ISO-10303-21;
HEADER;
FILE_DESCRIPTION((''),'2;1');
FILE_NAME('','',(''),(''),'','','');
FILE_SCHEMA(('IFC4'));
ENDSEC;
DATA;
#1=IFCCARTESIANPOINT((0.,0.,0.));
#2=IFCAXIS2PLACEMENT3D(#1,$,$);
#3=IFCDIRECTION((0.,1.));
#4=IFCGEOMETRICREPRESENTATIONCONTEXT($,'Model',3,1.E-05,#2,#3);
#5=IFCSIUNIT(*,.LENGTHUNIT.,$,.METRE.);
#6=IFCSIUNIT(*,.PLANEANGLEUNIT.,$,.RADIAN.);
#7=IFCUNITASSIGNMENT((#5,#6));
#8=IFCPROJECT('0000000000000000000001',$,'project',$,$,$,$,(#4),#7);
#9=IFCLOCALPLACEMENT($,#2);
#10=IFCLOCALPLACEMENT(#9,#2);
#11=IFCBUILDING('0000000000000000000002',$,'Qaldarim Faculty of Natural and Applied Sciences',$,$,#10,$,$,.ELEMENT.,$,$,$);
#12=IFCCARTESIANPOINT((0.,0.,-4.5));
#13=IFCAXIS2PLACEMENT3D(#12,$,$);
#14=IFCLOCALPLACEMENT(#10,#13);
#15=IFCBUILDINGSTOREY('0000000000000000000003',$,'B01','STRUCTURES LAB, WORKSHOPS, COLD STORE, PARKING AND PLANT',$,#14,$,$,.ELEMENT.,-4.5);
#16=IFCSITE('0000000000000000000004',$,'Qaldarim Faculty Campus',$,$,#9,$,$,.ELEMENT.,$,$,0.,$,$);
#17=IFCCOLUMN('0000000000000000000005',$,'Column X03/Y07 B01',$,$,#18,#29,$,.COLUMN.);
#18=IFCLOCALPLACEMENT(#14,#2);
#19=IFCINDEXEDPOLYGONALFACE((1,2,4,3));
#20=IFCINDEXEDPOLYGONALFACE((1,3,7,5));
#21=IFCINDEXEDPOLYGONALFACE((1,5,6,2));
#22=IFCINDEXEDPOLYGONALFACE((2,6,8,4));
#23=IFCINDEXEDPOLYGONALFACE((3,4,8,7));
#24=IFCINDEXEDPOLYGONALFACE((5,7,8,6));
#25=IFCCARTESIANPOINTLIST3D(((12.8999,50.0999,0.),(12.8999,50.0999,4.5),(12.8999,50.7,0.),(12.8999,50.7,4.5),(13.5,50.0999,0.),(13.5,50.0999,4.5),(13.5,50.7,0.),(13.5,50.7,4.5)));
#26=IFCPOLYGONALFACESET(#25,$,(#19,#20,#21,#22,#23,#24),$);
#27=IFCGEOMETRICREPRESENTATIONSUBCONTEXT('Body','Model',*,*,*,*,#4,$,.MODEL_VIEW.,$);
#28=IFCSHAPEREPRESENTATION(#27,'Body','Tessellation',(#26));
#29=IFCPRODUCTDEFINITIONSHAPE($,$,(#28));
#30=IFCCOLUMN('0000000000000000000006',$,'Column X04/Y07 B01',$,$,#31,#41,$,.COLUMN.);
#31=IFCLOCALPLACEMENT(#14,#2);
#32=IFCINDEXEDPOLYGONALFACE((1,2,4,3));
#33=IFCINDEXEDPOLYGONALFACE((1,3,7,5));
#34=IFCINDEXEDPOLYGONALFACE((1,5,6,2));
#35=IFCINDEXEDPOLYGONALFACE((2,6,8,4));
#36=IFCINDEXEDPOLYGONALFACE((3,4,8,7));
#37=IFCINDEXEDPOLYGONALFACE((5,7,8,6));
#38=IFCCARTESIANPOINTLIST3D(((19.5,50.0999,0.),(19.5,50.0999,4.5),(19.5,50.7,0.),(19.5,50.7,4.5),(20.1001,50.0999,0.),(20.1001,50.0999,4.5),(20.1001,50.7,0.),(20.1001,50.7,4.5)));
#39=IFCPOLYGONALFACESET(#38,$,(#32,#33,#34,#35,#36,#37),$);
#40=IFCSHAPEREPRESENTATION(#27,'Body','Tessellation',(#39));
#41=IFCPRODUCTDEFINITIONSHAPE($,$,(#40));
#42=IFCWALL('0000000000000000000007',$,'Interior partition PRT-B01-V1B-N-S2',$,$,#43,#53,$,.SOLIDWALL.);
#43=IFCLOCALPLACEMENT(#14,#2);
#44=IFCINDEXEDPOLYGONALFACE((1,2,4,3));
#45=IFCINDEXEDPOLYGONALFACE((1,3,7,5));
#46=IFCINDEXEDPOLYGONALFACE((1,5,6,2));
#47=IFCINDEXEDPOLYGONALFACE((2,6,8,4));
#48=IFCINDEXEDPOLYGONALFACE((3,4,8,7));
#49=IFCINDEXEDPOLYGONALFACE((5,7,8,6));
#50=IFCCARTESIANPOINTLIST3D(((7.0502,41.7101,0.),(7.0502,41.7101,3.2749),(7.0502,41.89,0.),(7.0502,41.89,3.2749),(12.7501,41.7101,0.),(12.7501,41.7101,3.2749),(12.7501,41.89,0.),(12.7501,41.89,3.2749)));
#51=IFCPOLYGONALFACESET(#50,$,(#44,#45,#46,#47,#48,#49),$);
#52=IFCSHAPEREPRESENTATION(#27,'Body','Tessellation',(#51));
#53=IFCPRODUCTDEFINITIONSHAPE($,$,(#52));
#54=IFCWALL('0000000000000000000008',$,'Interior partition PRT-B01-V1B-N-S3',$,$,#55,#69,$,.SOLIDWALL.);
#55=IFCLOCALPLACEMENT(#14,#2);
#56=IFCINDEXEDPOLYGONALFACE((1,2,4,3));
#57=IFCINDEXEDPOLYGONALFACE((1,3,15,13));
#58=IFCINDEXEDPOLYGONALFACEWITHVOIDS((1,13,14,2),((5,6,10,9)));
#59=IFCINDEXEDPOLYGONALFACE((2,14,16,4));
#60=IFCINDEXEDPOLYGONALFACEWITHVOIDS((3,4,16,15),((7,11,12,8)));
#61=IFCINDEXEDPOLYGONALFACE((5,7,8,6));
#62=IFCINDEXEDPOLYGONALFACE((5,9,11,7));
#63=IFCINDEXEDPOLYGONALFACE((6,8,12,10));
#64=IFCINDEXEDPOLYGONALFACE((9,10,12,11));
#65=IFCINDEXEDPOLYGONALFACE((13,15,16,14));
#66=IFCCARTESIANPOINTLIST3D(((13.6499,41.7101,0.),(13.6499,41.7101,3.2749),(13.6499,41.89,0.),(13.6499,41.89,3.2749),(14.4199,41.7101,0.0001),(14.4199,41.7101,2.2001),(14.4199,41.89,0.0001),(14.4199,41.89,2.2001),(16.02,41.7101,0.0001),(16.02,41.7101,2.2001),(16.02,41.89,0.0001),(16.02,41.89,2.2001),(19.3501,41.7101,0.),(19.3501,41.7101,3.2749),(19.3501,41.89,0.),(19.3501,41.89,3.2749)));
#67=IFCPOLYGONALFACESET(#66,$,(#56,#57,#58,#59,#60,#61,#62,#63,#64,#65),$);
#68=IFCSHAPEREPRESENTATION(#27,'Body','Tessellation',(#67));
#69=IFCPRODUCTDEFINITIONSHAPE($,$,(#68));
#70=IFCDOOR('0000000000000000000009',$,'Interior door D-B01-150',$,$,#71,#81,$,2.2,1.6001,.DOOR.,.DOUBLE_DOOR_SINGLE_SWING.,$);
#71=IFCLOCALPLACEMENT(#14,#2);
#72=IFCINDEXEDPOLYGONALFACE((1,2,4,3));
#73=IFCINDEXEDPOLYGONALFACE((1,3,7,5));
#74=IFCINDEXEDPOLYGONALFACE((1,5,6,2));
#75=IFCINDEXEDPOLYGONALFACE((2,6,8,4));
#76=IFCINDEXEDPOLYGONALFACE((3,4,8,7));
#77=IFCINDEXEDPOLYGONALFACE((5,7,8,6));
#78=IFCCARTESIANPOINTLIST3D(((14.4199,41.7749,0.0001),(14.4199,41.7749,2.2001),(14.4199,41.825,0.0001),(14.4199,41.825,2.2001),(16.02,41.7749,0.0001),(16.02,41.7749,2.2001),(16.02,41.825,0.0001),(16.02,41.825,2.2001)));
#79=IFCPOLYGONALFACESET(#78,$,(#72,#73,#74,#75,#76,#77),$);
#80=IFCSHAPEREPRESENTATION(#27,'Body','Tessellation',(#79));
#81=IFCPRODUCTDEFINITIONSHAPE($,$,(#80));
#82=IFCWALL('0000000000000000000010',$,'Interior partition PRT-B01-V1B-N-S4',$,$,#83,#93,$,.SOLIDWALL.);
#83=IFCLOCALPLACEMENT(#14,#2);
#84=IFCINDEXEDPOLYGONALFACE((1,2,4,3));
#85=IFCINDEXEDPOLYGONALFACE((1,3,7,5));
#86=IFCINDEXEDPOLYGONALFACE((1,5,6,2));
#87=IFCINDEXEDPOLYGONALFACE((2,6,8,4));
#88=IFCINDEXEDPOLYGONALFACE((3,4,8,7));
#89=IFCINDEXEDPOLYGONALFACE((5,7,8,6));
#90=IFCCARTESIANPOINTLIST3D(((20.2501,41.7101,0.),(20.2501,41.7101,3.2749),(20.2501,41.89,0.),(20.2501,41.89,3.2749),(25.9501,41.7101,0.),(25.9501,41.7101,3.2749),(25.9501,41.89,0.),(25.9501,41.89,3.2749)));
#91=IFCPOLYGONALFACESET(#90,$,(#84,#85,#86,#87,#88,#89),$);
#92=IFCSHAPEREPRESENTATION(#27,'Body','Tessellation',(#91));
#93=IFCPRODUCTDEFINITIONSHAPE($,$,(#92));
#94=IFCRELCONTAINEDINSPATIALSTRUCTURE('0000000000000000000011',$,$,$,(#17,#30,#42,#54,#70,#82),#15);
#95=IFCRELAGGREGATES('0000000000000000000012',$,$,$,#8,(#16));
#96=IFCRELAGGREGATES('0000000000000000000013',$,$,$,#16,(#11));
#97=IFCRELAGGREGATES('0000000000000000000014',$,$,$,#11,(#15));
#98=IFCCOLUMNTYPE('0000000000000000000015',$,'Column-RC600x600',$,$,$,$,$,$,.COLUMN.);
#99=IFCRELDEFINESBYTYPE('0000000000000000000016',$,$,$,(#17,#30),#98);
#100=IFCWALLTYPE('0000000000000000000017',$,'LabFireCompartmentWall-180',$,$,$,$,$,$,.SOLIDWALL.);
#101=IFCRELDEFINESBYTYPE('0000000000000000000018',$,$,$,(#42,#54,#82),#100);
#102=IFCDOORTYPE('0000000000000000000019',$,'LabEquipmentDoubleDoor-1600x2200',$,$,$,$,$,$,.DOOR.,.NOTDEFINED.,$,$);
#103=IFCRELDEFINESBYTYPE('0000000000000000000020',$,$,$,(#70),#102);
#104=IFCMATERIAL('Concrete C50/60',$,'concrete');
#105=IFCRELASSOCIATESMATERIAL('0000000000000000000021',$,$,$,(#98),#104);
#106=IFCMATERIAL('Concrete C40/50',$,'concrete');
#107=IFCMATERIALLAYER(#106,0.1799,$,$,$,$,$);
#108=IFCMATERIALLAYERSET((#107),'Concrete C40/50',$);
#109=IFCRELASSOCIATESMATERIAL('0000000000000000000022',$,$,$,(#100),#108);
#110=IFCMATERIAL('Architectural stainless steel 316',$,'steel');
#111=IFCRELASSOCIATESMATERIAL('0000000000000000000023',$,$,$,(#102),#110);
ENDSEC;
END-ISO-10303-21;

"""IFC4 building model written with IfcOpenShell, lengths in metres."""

from ifc_helpers import new_model, si_unit, direction, frame, frame_2d, origin, origin_2d, place, context, subcontext, project, spatial, rectangle, extrude, material, layer, layer_set, material_profile, profile_set, type_object, element, fill, save


model = new_model("IFC4")

# Units and contexts
model_context = context("Model", 3, precision=1e-05, world=origin(), true_north=direction((0.0, 1.0)))
body_context = subcontext(model_context, "Body", "Model", "MODEL_VIEW")
ifc_project = project(units=[si_unit("LENGTHUNIT", "METRE"), si_unit("PLANEANGLEUNIT", "RADIAN")], contexts=[model_context])

# Site, building, storey
site_placement = place(None, origin())
site = spatial("IfcSite", under=ifc_project, at=site_placement, Name="Qaldarim Faculty Campus", CompositionType="ELEMENT", RefElevation=0.0)
building_placement = place(site_placement, origin())
building = spatial("IfcBuilding", under=site, at=building_placement, Name="Qaldarim Faculty of Natural and Applied Sciences", CompositionType="ELEMENT")
storey_placement = place(building_placement, frame((0.0, 0.0, -4.5)))
storey = spatial("IfcBuildingStorey", under=building, at=storey_placement, Name="B01", Description="STRUCTURES LAB, WORKSHOPS, COLD STORE, PARKING AND PLANT", CompositionType="ELEMENT", Elevation=-4.5)

# Shared definitions
ifc_material_1 = material(Name="Concrete C40/50", Category="concrete")

# Columns
ifc_material_2 = material(Name="Concrete C50/60", Category="concrete")
ifc_material_profile_1 = material_profile(ifc_material_2, rectangle(XDim=0.6001, YDim=0.6001, at=origin_2d()), Name="RC-C600x600")
ifc_profile_set_1 = profile_set([ifc_material_profile_1], Name="Concrete C50/60")
column_type_1 = type_object("IfcColumnType", Name="Column-RC600x600", PredefinedType="COLUMN", material=ifc_profile_set_1)
for number, where, z_axis, x_axis, name in (
    (1, (13.2, 50.3999, 0.0), (0.0, 0.0, 1.0), (1.0, 0.0, 0.0), "Column X03/Y07 B01"),
    (2, (19.8, 50.3999, 0.0), (0.0, 0.0, 1.0), (1.0, 0.0, 0.0), "Column X04/Y07 B01"),
):
    element("IfcColumn", number, at=place(storey_placement, frame(where, z_axis=z_axis, x_axis=x_axis)), inside=storey, type_object=column_type_1, Name=name, PredefinedType="COLUMN", context=body_context, shape_type="SweptSolid", body=[
        extrude(rectangle(XDim=0.6001, YDim=0.6001, at=origin_2d()), origin(), (0.0, 0.0, 1.0), 4.5),
    ])

# Wall
ifc_layer_1 = layer(ifc_material_1, 0.1799)
ifc_layer_set_1 = layer_set([ifc_layer_1], Name="Concrete C40/50")
wall_type = type_object("IfcWallType", Name="LabFireCompartmentWall-180", PredefinedType="SOLIDWALL", material=ifc_layer_set_1)
wall_1_placement = place(storey_placement, frame((7.05, 41.8, 0.0), z_axis=(0.0, 0.0, 1.0), x_axis=(1.0, 0.0, 0.0)))
element("IfcWall", 3, at=wall_1_placement, inside=storey, type_object=wall_type, Name="Interior partition PRT-B01-V1B-N-S2", PredefinedType="SOLIDWALL", context=body_context, shape_type="SweptSolid", body=[
    extrude(rectangle(XDim=5.7, YDim=0.1799, at=frame_2d((2.8501, 0.0))), origin(), (0.0, 0.0, 1.0), 3.2749),
])

# Wall, opening, door
wall_2_placement = place(storey_placement, frame((13.6499, 41.8, 0.0), z_axis=(0.0, 0.0, 1.0), x_axis=(1.0, 0.0, 0.0)))
wall_2 = element("IfcWall", 4, at=wall_2_placement, inside=storey, type_object=wall_type, Name="Interior partition PRT-B01-V1B-N-S3", PredefinedType="SOLIDWALL", context=body_context, shape_type="SweptSolid", body=[
    extrude(rectangle(XDim=5.7002, YDim=0.1799, at=frame_2d((2.8501, 0.0))), origin(), (0.0, 0.0, 1.0), 3.2749),
])
opening_placement = place(wall_2_placement, frame((0.77, 0.0, 0.0)))
opening = element("IfcOpeningElement", 5, at=opening_placement, cuts=wall_2, PredefinedType="OPENING", context=body_context, shape_type="SweptSolid", body=[
    extrude(rectangle(XDim=1.6001, YDim=2.2, at=frame_2d((0.8, 1.1001))), frame((0.0, 0.0999, 0.0), z_axis=(0.0, -1.0, 0.0), x_axis=(1.0, 0.0, 0.0)), (0.0, 0.0, 1.0), 0.2),
])
ifc_material_3 = material(Name="Architectural stainless steel 316", Category="steel")
door_type = type_object("IfcDoorType", Name="LabEquipmentDoubleDoor-1600x2200", OperationType="NOTDEFINED", PredefinedType="DOOR", material=ifc_material_3)
door_placement = place(opening_placement, origin())
door = element("IfcDoor", 6, at=door_placement, inside=storey, type_object=door_type, Name="Interior door D-B01-150", OperationType="DOUBLE_DOOR_SINGLE_SWING", OverallHeight=2.2, OverallWidth=1.6001, PredefinedType="DOOR", context=body_context, shape_type="SweptSolid", body=[
    extrude(rectangle(XDim=1.6001, YDim=2.2, at=frame_2d((0.8, 1.1001))), frame((0.0, 0.0249, 0.0), z_axis=(0.0, -1.0, 0.0), x_axis=(1.0, 0.0, 0.0)), (0.0, 0.0, 1.0), 0.05),
])
fill(opening, door)

# Wall
wall_3_placement = place(storey_placement, frame((20.25, 41.8, 0.0), z_axis=(0.0, 0.0, 1.0), x_axis=(1.0, 0.0, 0.0)))
element("IfcWall", 7, at=wall_3_placement, inside=storey, type_object=wall_type, Name="Interior partition PRT-B01-V1B-N-S4", PredefinedType="SOLIDWALL", context=body_context, shape_type="SweptSolid", body=[
    extrude(rectangle(XDim=5.7, YDim=0.1799, at=frame_2d((2.8501, 0.0))), origin(), (0.0, 0.0, 1.0), 3.2749),
])

save(model, "model.ifc")
